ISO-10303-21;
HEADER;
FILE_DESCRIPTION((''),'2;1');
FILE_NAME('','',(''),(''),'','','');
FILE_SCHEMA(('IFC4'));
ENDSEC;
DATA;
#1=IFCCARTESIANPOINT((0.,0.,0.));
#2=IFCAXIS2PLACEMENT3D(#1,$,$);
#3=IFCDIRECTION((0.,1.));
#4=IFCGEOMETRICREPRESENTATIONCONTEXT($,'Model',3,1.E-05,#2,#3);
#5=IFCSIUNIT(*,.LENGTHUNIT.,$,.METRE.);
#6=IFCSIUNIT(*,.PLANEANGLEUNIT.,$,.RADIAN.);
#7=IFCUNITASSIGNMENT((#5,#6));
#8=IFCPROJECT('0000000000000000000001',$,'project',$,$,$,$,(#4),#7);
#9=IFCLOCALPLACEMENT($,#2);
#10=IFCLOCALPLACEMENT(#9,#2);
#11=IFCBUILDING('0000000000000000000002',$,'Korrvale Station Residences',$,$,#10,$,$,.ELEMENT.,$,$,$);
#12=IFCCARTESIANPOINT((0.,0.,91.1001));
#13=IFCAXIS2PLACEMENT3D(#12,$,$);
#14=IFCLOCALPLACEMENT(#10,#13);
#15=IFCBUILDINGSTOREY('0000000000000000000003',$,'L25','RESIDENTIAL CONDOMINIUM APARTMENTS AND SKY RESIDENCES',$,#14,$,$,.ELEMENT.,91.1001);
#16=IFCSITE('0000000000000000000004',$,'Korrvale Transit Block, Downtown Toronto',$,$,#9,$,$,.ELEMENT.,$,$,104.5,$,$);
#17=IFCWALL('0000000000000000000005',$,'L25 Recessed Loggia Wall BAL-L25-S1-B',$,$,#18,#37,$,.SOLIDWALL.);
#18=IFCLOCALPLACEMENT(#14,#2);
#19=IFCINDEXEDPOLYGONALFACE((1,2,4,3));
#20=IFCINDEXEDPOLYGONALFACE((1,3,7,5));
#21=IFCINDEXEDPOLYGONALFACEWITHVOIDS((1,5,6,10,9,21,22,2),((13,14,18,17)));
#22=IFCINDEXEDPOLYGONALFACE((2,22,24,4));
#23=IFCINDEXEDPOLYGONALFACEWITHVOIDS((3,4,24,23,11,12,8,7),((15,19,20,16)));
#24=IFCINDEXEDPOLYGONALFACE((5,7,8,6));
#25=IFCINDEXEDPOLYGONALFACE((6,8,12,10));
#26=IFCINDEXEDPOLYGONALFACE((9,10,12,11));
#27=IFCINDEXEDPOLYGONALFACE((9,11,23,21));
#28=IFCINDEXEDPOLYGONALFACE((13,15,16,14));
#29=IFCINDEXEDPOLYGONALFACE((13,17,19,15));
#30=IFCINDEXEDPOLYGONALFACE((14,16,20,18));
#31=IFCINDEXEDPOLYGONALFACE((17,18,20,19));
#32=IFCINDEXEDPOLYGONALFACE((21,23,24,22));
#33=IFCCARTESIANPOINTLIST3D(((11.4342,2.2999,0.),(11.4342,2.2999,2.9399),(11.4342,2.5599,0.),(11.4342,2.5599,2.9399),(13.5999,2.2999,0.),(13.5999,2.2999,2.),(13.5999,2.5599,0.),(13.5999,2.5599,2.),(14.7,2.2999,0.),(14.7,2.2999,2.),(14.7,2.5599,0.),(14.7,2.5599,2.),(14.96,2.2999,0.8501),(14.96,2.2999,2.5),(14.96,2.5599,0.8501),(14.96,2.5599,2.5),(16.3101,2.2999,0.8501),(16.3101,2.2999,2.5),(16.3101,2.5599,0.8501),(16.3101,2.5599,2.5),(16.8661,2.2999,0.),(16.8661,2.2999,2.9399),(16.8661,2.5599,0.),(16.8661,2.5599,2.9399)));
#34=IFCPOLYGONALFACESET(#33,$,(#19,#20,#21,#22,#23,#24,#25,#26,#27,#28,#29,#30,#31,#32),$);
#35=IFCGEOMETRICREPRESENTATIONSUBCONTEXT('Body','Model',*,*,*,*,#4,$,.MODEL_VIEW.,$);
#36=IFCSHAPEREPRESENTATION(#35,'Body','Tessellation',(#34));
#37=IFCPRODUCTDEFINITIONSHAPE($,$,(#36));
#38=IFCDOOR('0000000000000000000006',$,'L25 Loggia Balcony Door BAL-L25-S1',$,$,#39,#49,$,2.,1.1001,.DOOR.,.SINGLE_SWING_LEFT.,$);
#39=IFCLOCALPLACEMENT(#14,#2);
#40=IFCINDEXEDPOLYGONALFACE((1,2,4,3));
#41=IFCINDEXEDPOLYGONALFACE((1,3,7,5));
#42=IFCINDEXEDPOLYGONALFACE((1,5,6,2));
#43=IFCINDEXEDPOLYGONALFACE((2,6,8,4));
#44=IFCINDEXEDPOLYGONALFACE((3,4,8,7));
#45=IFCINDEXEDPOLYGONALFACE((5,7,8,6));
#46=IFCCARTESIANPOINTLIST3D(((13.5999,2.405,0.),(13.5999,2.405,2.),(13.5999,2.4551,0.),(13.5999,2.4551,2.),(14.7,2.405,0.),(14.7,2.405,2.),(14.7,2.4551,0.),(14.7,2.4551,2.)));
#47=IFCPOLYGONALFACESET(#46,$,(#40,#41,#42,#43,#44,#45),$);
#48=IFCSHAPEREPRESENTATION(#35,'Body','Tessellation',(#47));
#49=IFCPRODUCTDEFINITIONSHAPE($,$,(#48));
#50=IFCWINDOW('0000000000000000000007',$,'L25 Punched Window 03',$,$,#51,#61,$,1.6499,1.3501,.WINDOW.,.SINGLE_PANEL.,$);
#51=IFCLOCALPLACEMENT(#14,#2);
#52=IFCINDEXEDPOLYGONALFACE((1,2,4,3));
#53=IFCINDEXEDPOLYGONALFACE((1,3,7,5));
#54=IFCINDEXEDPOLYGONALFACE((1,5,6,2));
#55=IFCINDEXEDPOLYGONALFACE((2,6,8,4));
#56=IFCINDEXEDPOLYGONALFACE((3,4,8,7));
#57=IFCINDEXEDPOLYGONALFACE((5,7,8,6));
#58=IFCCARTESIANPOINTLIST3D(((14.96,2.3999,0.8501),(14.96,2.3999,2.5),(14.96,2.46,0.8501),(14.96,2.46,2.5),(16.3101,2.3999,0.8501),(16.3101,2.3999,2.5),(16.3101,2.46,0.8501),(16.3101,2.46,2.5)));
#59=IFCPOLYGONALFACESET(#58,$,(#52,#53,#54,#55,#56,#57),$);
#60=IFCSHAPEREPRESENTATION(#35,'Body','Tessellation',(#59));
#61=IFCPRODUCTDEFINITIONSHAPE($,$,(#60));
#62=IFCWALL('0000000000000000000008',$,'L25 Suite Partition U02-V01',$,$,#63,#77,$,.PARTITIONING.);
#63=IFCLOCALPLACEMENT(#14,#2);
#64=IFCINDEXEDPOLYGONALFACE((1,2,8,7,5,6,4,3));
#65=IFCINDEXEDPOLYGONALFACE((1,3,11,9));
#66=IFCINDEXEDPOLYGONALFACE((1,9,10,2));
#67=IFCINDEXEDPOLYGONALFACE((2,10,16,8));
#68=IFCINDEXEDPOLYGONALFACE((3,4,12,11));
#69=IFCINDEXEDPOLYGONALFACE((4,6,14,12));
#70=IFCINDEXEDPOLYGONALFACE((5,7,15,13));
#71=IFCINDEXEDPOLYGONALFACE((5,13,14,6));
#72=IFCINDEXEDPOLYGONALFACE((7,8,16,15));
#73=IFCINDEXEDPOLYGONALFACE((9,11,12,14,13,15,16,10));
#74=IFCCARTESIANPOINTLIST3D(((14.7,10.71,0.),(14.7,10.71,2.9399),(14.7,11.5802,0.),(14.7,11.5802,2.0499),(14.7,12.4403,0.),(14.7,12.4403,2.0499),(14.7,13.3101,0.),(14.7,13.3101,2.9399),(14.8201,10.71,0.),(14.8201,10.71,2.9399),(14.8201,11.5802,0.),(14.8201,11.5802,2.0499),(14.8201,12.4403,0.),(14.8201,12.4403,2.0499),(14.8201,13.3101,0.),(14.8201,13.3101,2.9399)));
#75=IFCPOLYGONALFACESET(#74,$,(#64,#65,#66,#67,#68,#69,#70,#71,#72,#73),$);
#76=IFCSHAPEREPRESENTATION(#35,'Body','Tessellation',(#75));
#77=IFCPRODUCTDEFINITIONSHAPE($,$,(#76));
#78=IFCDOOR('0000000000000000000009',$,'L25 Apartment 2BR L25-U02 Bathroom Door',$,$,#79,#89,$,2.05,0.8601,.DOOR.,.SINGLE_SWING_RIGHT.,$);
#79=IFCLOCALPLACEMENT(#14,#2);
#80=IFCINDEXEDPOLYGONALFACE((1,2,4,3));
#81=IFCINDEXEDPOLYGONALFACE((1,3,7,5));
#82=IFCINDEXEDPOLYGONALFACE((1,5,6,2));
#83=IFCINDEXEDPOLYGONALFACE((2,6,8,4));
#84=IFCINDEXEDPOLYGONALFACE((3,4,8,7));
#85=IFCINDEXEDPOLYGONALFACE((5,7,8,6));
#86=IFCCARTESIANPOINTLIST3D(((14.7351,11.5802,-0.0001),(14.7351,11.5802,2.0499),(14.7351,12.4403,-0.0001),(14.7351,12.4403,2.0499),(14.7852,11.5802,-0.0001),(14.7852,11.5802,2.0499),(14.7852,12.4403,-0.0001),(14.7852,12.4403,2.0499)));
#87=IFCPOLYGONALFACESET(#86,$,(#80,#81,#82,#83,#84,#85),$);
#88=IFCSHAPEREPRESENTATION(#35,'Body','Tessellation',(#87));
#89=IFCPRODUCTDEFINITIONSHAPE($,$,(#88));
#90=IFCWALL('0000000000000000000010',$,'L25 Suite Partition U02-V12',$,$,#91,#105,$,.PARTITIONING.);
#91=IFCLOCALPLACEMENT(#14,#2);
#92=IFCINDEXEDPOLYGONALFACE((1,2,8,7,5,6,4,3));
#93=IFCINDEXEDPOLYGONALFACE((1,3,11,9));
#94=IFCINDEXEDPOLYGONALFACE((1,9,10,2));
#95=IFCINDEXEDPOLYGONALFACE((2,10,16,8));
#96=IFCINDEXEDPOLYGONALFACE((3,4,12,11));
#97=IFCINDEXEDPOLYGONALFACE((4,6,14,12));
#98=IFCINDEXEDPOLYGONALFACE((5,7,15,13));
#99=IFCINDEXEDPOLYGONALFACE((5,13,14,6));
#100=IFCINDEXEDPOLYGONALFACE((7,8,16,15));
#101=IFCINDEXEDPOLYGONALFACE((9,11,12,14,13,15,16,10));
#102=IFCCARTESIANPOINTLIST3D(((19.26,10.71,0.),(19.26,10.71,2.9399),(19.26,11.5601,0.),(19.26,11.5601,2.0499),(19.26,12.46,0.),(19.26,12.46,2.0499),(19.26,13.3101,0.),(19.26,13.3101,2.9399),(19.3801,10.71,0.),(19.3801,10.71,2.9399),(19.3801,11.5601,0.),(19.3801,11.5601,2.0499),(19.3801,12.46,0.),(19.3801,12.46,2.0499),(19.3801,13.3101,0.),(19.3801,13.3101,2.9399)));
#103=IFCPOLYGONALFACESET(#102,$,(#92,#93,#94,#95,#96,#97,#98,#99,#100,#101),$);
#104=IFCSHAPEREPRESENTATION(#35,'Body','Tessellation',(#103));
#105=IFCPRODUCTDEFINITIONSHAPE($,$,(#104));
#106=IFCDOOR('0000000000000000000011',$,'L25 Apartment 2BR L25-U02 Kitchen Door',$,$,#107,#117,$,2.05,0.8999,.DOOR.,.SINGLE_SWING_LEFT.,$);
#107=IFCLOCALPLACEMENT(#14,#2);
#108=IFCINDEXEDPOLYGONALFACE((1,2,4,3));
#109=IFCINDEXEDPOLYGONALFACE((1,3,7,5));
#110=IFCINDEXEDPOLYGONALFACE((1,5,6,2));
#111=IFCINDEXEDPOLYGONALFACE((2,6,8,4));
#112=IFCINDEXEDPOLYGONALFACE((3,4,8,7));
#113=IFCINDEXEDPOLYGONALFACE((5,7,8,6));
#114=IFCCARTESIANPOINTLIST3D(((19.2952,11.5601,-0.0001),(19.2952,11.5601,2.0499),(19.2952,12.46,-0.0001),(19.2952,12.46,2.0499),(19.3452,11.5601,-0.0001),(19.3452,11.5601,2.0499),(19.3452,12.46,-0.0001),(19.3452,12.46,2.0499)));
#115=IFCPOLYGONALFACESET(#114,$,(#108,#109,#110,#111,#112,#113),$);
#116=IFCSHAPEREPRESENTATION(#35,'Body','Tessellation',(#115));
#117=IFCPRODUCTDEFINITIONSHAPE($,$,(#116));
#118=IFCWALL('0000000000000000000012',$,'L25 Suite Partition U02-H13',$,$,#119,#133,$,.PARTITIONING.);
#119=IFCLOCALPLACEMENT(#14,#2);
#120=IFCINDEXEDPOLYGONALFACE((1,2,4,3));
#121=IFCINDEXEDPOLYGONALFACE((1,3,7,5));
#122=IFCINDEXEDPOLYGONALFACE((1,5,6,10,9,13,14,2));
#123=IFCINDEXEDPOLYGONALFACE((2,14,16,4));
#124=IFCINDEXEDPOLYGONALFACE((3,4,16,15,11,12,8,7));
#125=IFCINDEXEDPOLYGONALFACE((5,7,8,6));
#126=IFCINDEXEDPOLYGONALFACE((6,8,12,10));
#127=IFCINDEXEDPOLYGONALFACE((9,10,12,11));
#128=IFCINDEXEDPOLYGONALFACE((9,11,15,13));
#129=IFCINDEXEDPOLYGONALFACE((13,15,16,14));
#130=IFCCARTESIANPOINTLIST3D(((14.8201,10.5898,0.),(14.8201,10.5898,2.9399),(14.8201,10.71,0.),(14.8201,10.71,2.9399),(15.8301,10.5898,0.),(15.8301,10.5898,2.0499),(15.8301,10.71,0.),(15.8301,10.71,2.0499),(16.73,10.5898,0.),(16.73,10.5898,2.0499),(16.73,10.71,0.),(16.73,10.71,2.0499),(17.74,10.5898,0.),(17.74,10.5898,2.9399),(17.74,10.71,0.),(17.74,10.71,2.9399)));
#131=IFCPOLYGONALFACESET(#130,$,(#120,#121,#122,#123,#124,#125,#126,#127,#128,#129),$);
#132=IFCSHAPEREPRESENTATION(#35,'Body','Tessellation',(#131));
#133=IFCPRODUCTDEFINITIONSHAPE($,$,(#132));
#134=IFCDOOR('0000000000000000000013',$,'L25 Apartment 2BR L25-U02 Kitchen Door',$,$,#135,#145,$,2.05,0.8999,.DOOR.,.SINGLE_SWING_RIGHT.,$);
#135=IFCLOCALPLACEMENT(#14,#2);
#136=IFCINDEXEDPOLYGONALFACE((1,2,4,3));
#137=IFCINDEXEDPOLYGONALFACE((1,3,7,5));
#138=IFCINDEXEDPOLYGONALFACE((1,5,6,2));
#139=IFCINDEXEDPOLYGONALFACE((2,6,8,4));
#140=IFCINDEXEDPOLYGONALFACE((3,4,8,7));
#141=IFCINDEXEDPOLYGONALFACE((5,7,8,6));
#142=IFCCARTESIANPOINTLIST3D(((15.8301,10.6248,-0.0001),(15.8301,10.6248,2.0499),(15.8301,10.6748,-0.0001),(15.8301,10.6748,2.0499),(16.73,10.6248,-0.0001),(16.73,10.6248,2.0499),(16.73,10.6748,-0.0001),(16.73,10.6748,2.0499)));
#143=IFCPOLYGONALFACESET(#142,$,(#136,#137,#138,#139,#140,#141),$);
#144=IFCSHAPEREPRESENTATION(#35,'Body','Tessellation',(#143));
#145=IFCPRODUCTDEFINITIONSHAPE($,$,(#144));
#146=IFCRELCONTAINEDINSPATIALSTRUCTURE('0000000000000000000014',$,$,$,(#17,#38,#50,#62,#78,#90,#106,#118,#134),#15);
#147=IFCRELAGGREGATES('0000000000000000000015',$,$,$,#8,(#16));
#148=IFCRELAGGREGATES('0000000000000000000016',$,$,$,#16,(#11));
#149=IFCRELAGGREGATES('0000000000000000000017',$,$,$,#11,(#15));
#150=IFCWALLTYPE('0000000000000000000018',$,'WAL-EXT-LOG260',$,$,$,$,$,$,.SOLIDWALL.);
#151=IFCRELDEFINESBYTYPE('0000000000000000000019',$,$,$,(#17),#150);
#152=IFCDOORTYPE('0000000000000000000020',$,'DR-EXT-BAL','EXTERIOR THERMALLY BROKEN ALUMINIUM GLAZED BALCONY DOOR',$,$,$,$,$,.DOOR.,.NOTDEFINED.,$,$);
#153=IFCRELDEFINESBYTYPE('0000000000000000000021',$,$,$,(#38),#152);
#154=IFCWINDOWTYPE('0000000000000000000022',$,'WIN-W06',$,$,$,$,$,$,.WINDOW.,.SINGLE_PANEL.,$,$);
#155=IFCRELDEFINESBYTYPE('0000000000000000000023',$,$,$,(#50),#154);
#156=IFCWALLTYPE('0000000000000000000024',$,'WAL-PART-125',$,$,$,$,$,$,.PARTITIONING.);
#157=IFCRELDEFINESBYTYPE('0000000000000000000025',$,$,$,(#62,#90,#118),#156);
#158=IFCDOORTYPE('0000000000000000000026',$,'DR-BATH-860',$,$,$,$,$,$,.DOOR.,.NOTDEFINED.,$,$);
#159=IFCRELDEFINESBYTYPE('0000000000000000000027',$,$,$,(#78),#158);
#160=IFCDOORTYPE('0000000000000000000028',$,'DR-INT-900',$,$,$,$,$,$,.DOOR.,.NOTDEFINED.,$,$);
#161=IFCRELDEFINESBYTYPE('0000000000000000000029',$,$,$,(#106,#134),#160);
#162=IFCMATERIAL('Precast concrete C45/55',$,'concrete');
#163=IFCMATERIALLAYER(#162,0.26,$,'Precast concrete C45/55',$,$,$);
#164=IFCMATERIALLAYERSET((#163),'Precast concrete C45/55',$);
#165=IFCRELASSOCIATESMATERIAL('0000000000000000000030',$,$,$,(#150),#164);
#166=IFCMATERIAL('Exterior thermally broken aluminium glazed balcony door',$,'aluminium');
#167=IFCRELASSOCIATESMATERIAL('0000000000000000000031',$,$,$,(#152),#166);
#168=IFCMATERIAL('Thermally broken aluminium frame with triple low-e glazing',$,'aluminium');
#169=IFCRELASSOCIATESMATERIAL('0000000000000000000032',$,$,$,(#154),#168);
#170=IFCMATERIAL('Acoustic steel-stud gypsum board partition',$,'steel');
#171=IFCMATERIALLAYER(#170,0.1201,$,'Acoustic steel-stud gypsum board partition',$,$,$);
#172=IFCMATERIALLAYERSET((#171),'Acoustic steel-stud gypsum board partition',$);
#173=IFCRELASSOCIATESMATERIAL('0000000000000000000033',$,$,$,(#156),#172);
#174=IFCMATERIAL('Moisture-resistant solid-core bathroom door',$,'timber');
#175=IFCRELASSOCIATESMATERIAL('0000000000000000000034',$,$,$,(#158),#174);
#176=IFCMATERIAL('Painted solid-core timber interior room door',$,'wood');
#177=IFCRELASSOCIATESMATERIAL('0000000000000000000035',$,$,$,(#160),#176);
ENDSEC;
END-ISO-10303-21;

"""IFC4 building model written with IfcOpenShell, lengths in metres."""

from ifc_helpers import new_model, si_unit, direction, frame, frame_2d, origin, place, context, subcontext, project, spatial, rectangle, extrude, material, layer, layer_set, type_object, element, fill, save


model = new_model("IFC4")

# Units and contexts
model_context = context("Model", 3, precision=1e-05, world=origin(), true_north=direction((0.0, 1.0)))
body_context = subcontext(model_context, "Body", "Model", "MODEL_VIEW")
ifc_project = project(units=[si_unit("LENGTHUNIT", "METRE"), si_unit("PLANEANGLEUNIT", "RADIAN")], contexts=[model_context])

# Site, building, storey
site_placement = place(None, origin())
site = spatial("IfcSite", under=ifc_project, at=site_placement, Name="Korrvale Transit Block, Downtown Toronto", CompositionType="ELEMENT", RefElevation=104.5)
building_placement = place(site_placement, origin())
building = spatial("IfcBuilding", under=site, at=building_placement, Name="Korrvale Station Residences", CompositionType="ELEMENT")
storey_placement = place(building_placement, frame((0.0, 0.0, 91.1001)))
storey = spatial("IfcBuildingStorey", under=building, at=storey_placement, Name="L25", Description="RESIDENTIAL CONDOMINIUM APARTMENTS AND SKY RESIDENCES", CompositionType="ELEMENT", Elevation=91.1001)

# Shared definitions
ifc_material_1 = material(Name="Precast concrete C45/55", Category="concrete")
ifc_layer_1 = layer(ifc_material_1, 0.26, Name="Precast concrete C45/55")
ifc_layer_set_1 = layer_set([ifc_layer_1], Name="Precast concrete C45/55")
wall_type_1 = type_object("IfcWallType", Name="WAL-EXT-LOG260", PredefinedType="SOLIDWALL", material=ifc_layer_set_1)

# Wall, openings, door, window
wall_1_placement = place(storey_placement, frame((16.866, 2.4299, 0.0), z_axis=(0.0, 0.0, 1.0), x_axis=(-1.0, 0.0, 0.0)))
wall_1 = element("IfcWall", 1, at=wall_1_placement, inside=storey, type_object=wall_type_1, Name="L25 Recessed Loggia Wall BAL-L25-S1-B", PredefinedType="SOLIDWALL", context=body_context, shape_type="SweptSolid", body=[
    extrude(rectangle(XDim=5.4319, YDim=0.26, at=frame_2d((2.7158, 0.0))), origin(), (0.0, 0.0, 1.0), 2.9399),
])
opening_1_placement = place(wall_1_placement, frame((2.166, 0.0, 0.0)))
opening_1 = element("IfcOpeningElement", 2, at=opening_1_placement, cuts=wall_1, PredefinedType="OPENING", context=body_context, shape_type="SweptSolid", body=[
    extrude(rectangle(XDim=1.1001, YDim=2.0, at=frame_2d((0.55, 1.0))), frame((0.0, 0.1401, 0.0), z_axis=(0.0, -1.0, 0.0), x_axis=(1.0, 0.0, 0.0)), (0.0, 0.0, 1.0), 0.28),
])
opening_2_placement = place(wall_1_placement, frame((0.5559, 0.0, 0.8501)))
opening_2 = element("IfcOpeningElement", 3, at=opening_2_placement, cuts=wall_1, PredefinedType="OPENING", context=body_context, shape_type="SweptSolid", body=[
    extrude(rectangle(XDim=1.3501, YDim=1.6499, at=frame_2d((0.675, 0.825))), frame((0.0, 0.1401, 0.0), z_axis=(0.0, -1.0, 0.0), x_axis=(1.0, 0.0, 0.0)), (0.0, 0.0, 1.0), 0.28),
])
ifc_material_2 = material(Name="Exterior thermally broken aluminium glazed balcony door", Category="aluminium")
door_type_1 = type_object("IfcDoorType", Name="DR-EXT-BAL", Description="EXTERIOR THERMALLY BROKEN ALUMINIUM GLAZED BALCONY DOOR", OperationType="NOTDEFINED", PredefinedType="DOOR", material=ifc_material_2)
door_1_placement = place(opening_1_placement, origin())
door_1 = element("IfcDoor", 4, at=door_1_placement, inside=storey, type_object=door_type_1, Name="L25 Loggia Balcony Door BAL-L25-S1", OperationType="SINGLE_SWING_LEFT", OverallHeight=2.0, OverallWidth=1.1001, PredefinedType="DOOR", context=body_context, shape_type="SweptSolid", body=[
    extrude(rectangle(XDim=1.1001, YDim=2.0, at=frame_2d((0.55, 1.0))), frame((0.0, 0.0249, 0.0), z_axis=(0.0, -1.0, 0.0), x_axis=(1.0, 0.0, 0.0)), (0.0, 0.0, 1.0), 0.05),
])
fill(opening_1, door_1)
ifc_material_3 = material(Name="Thermally broken aluminium frame with triple low-e glazing", Category="aluminium")
window_type = type_object("IfcWindowType", Name="WIN-W06", PartitioningType="SINGLE_PANEL", PredefinedType="WINDOW", material=ifc_material_3)
window_placement = place(opening_2_placement, origin())
window = element("IfcWindow", 5, at=window_placement, inside=storey, type_object=window_type, Name="L25 Punched Window 03", OverallHeight=1.6499, OverallWidth=1.3501, PartitioningType="SINGLE_PANEL", PredefinedType="WINDOW", context=body_context, shape_type="SweptSolid", body=[
    extrude(rectangle(XDim=1.3501, YDim=1.6499, at=frame_2d((0.675, 0.825))), frame((0.0, 0.03, 0.0), z_axis=(0.0, -1.0, 0.0), x_axis=(1.0, 0.0, 0.0)), (0.0, 0.0, 1.0), 0.0601),
])
fill(opening_2, window)

# Walls, openings, doors
ifc_material_4 = material(Name="Acoustic steel-stud gypsum board partition", Category="steel")
ifc_layer_2 = layer(ifc_material_4, 0.1201, Name="Acoustic steel-stud gypsum board partition")
ifc_layer_set_2 = layer_set([ifc_layer_2], Name="Acoustic steel-stud gypsum board partition")
wall_type_2 = type_object("IfcWallType", Name="WAL-PART-125", PredefinedType="PARTITIONING", material=ifc_layer_set_2)
wall_2_placement = place(storey_placement, frame((14.76, 10.71, 0.0), z_axis=(0.0, 0.0, 1.0), x_axis=(0.0, 1.0, 0.0)))
wall_2 = element("IfcWall", 6, at=wall_2_placement, inside=storey, type_object=wall_type_2, Name="L25 Suite Partition U02-V01", PredefinedType="PARTITIONING", context=body_context, shape_type="SweptSolid", body=[
    extrude(rectangle(XDim=2.6001, YDim=0.1201, at=frame_2d((1.3, 0.0))), origin(), (0.0, 0.0, 1.0), 2.9399),
])
opening_3_placement = place(wall_2_placement, frame((0.8701, 0.0, 0.0)))
opening_3 = element("IfcOpeningElement", 7, at=opening_3_placement, cuts=wall_2, PredefinedType="OPENING", context=body_context, shape_type="SweptSolid", body=[
    extrude(rectangle(XDim=0.8601, YDim=2.05, at=frame_2d((0.4302, 1.0249))), frame((0.0, 0.0701, 0.0), z_axis=(0.0, -1.0, 0.0), x_axis=(1.0, 0.0, 0.0)), (0.0, 0.0, 1.0), 0.1401),
])
ifc_material_5 = material(Name="Moisture-resistant solid-core bathroom door", Category="timber")
door_type_2 = type_object("IfcDoorType", Name="DR-BATH-860", OperationType="NOTDEFINED", PredefinedType="DOOR", material=ifc_material_5)
door_2_placement = place(opening_3_placement, origin())
door_2 = element("IfcDoor", 8, at=door_2_placement, inside=storey, type_object=door_type_2, Name="L25 Apartment 2BR L25-U02 Bathroom Door", OperationType="SINGLE_SWING_RIGHT", OverallHeight=2.05, OverallWidth=0.8601, PredefinedType="DOOR", context=body_context, shape_type="SweptSolid", body=[
    extrude(rectangle(XDim=0.8601, YDim=2.05, at=frame_2d((0.4302, 1.0249))), frame((0.0, 0.0249, 0.0), z_axis=(0.0, -1.0, 0.0), x_axis=(1.0, 0.0, 0.0)), (0.0, 0.0, 1.0), 0.05),
])
fill(opening_3, door_2)
wall_3_placement = place(storey_placement, frame((19.3201, 10.71, 0.0), z_axis=(0.0, 0.0, 1.0), x_axis=(0.0, 1.0, 0.0)))
wall_3 = element("IfcWall", 9, at=wall_3_placement, inside=storey, type_object=wall_type_2, Name="L25 Suite Partition U02-V12", PredefinedType="PARTITIONING", context=body_context, shape_type="SweptSolid", body=[
    extrude(rectangle(XDim=2.6001, YDim=0.1201, at=frame_2d((1.3, 0.0))), origin(), (0.0, 0.0, 1.0), 2.9399),
])
opening_4_placement = place(wall_3_placement, frame((0.8501, 0.0, 0.0)))
opening_4 = element("IfcOpeningElement", 10, at=opening_4_placement, cuts=wall_3, PredefinedType="OPENING", context=body_context, shape_type="SweptSolid", body=[
    extrude(rectangle(XDim=0.8999, YDim=2.05, at=frame_2d((0.45, 1.0249))), frame((0.0, 0.0701, 0.0), z_axis=(0.0, -1.0, 0.0), x_axis=(1.0, 0.0, 0.0)), (0.0, 0.0, 1.0), 0.1401),
])
ifc_material_6 = material(Name="Painted solid-core timber interior room door", Category="wood")
door_type_3 = type_object("IfcDoorType", Name="DR-INT-900", OperationType="NOTDEFINED", PredefinedType="DOOR", material=ifc_material_6)
door_3_placement = place(opening_4_placement, origin())
door_3 = element("IfcDoor", 11, at=door_3_placement, inside=storey, type_object=door_type_3, Name="L25 Apartment 2BR L25-U02 Kitchen Door", OperationType="SINGLE_SWING_LEFT", OverallHeight=2.05, OverallWidth=0.8999, PredefinedType="DOOR", context=body_context, shape_type="SweptSolid", body=[
    extrude(rectangle(XDim=0.8999, YDim=2.05, at=frame_2d((0.45, 1.0249))), frame((0.0, 0.0249, 0.0), z_axis=(0.0, -1.0, 0.0), x_axis=(1.0, 0.0, 0.0)), (0.0, 0.0, 1.0), 0.05),
])
fill(opening_4, door_3)
wall_4_placement = place(storey_placement, frame((14.8201, 10.6499, 0.0), z_axis=(0.0, 0.0, 1.0), x_axis=(1.0, 0.0, 0.0)))
wall_4 = element("IfcWall", 12, at=wall_4_placement, inside=storey, type_object=wall_type_2, Name="L25 Suite Partition U02-H13", PredefinedType="PARTITIONING", context=body_context, shape_type="SweptSolid", body=[
    extrude(rectangle(XDim=2.9199, YDim=0.1201, at=frame_2d((1.46, 0.0))), origin(), (0.0, 0.0, 1.0), 2.9399),
])
opening_5_placement = place(wall_4_placement, frame((1.01, 0.0, 0.0)))
opening_5 = element("IfcOpeningElement", 13, at=opening_5_placement, cuts=wall_4, PredefinedType="OPENING", context=body_context, shape_type="SweptSolid", body=[
    extrude(rectangle(XDim=0.8999, YDim=2.05, at=frame_2d((0.45, 1.0249))), frame((0.0, 0.0701, 0.0), z_axis=(0.0, -1.0, 0.0), x_axis=(1.0, 0.0, 0.0)), (0.0, 0.0, 1.0), 0.1401),
])
door_4_placement = place(opening_5_placement, origin())
door_4 = element("IfcDoor", 14, at=door_4_placement, inside=storey, type_object=door_type_3, Name="L25 Apartment 2BR L25-U02 Kitchen Door", OperationType="SINGLE_SWING_RIGHT", OverallHeight=2.05, OverallWidth=0.8999, PredefinedType="DOOR", context=body_context, shape_type="SweptSolid", body=[
    extrude(rectangle(XDim=0.8999, YDim=2.05, at=frame_2d((0.45, 1.0249))), frame((0.0, 0.0249, 0.0), z_axis=(0.0, -1.0, 0.0), x_axis=(1.0, 0.0, 0.0)), (0.0, 0.0, 1.0), 0.05),
])
fill(opening_5, door_4)

save(model, "model.ifc")
